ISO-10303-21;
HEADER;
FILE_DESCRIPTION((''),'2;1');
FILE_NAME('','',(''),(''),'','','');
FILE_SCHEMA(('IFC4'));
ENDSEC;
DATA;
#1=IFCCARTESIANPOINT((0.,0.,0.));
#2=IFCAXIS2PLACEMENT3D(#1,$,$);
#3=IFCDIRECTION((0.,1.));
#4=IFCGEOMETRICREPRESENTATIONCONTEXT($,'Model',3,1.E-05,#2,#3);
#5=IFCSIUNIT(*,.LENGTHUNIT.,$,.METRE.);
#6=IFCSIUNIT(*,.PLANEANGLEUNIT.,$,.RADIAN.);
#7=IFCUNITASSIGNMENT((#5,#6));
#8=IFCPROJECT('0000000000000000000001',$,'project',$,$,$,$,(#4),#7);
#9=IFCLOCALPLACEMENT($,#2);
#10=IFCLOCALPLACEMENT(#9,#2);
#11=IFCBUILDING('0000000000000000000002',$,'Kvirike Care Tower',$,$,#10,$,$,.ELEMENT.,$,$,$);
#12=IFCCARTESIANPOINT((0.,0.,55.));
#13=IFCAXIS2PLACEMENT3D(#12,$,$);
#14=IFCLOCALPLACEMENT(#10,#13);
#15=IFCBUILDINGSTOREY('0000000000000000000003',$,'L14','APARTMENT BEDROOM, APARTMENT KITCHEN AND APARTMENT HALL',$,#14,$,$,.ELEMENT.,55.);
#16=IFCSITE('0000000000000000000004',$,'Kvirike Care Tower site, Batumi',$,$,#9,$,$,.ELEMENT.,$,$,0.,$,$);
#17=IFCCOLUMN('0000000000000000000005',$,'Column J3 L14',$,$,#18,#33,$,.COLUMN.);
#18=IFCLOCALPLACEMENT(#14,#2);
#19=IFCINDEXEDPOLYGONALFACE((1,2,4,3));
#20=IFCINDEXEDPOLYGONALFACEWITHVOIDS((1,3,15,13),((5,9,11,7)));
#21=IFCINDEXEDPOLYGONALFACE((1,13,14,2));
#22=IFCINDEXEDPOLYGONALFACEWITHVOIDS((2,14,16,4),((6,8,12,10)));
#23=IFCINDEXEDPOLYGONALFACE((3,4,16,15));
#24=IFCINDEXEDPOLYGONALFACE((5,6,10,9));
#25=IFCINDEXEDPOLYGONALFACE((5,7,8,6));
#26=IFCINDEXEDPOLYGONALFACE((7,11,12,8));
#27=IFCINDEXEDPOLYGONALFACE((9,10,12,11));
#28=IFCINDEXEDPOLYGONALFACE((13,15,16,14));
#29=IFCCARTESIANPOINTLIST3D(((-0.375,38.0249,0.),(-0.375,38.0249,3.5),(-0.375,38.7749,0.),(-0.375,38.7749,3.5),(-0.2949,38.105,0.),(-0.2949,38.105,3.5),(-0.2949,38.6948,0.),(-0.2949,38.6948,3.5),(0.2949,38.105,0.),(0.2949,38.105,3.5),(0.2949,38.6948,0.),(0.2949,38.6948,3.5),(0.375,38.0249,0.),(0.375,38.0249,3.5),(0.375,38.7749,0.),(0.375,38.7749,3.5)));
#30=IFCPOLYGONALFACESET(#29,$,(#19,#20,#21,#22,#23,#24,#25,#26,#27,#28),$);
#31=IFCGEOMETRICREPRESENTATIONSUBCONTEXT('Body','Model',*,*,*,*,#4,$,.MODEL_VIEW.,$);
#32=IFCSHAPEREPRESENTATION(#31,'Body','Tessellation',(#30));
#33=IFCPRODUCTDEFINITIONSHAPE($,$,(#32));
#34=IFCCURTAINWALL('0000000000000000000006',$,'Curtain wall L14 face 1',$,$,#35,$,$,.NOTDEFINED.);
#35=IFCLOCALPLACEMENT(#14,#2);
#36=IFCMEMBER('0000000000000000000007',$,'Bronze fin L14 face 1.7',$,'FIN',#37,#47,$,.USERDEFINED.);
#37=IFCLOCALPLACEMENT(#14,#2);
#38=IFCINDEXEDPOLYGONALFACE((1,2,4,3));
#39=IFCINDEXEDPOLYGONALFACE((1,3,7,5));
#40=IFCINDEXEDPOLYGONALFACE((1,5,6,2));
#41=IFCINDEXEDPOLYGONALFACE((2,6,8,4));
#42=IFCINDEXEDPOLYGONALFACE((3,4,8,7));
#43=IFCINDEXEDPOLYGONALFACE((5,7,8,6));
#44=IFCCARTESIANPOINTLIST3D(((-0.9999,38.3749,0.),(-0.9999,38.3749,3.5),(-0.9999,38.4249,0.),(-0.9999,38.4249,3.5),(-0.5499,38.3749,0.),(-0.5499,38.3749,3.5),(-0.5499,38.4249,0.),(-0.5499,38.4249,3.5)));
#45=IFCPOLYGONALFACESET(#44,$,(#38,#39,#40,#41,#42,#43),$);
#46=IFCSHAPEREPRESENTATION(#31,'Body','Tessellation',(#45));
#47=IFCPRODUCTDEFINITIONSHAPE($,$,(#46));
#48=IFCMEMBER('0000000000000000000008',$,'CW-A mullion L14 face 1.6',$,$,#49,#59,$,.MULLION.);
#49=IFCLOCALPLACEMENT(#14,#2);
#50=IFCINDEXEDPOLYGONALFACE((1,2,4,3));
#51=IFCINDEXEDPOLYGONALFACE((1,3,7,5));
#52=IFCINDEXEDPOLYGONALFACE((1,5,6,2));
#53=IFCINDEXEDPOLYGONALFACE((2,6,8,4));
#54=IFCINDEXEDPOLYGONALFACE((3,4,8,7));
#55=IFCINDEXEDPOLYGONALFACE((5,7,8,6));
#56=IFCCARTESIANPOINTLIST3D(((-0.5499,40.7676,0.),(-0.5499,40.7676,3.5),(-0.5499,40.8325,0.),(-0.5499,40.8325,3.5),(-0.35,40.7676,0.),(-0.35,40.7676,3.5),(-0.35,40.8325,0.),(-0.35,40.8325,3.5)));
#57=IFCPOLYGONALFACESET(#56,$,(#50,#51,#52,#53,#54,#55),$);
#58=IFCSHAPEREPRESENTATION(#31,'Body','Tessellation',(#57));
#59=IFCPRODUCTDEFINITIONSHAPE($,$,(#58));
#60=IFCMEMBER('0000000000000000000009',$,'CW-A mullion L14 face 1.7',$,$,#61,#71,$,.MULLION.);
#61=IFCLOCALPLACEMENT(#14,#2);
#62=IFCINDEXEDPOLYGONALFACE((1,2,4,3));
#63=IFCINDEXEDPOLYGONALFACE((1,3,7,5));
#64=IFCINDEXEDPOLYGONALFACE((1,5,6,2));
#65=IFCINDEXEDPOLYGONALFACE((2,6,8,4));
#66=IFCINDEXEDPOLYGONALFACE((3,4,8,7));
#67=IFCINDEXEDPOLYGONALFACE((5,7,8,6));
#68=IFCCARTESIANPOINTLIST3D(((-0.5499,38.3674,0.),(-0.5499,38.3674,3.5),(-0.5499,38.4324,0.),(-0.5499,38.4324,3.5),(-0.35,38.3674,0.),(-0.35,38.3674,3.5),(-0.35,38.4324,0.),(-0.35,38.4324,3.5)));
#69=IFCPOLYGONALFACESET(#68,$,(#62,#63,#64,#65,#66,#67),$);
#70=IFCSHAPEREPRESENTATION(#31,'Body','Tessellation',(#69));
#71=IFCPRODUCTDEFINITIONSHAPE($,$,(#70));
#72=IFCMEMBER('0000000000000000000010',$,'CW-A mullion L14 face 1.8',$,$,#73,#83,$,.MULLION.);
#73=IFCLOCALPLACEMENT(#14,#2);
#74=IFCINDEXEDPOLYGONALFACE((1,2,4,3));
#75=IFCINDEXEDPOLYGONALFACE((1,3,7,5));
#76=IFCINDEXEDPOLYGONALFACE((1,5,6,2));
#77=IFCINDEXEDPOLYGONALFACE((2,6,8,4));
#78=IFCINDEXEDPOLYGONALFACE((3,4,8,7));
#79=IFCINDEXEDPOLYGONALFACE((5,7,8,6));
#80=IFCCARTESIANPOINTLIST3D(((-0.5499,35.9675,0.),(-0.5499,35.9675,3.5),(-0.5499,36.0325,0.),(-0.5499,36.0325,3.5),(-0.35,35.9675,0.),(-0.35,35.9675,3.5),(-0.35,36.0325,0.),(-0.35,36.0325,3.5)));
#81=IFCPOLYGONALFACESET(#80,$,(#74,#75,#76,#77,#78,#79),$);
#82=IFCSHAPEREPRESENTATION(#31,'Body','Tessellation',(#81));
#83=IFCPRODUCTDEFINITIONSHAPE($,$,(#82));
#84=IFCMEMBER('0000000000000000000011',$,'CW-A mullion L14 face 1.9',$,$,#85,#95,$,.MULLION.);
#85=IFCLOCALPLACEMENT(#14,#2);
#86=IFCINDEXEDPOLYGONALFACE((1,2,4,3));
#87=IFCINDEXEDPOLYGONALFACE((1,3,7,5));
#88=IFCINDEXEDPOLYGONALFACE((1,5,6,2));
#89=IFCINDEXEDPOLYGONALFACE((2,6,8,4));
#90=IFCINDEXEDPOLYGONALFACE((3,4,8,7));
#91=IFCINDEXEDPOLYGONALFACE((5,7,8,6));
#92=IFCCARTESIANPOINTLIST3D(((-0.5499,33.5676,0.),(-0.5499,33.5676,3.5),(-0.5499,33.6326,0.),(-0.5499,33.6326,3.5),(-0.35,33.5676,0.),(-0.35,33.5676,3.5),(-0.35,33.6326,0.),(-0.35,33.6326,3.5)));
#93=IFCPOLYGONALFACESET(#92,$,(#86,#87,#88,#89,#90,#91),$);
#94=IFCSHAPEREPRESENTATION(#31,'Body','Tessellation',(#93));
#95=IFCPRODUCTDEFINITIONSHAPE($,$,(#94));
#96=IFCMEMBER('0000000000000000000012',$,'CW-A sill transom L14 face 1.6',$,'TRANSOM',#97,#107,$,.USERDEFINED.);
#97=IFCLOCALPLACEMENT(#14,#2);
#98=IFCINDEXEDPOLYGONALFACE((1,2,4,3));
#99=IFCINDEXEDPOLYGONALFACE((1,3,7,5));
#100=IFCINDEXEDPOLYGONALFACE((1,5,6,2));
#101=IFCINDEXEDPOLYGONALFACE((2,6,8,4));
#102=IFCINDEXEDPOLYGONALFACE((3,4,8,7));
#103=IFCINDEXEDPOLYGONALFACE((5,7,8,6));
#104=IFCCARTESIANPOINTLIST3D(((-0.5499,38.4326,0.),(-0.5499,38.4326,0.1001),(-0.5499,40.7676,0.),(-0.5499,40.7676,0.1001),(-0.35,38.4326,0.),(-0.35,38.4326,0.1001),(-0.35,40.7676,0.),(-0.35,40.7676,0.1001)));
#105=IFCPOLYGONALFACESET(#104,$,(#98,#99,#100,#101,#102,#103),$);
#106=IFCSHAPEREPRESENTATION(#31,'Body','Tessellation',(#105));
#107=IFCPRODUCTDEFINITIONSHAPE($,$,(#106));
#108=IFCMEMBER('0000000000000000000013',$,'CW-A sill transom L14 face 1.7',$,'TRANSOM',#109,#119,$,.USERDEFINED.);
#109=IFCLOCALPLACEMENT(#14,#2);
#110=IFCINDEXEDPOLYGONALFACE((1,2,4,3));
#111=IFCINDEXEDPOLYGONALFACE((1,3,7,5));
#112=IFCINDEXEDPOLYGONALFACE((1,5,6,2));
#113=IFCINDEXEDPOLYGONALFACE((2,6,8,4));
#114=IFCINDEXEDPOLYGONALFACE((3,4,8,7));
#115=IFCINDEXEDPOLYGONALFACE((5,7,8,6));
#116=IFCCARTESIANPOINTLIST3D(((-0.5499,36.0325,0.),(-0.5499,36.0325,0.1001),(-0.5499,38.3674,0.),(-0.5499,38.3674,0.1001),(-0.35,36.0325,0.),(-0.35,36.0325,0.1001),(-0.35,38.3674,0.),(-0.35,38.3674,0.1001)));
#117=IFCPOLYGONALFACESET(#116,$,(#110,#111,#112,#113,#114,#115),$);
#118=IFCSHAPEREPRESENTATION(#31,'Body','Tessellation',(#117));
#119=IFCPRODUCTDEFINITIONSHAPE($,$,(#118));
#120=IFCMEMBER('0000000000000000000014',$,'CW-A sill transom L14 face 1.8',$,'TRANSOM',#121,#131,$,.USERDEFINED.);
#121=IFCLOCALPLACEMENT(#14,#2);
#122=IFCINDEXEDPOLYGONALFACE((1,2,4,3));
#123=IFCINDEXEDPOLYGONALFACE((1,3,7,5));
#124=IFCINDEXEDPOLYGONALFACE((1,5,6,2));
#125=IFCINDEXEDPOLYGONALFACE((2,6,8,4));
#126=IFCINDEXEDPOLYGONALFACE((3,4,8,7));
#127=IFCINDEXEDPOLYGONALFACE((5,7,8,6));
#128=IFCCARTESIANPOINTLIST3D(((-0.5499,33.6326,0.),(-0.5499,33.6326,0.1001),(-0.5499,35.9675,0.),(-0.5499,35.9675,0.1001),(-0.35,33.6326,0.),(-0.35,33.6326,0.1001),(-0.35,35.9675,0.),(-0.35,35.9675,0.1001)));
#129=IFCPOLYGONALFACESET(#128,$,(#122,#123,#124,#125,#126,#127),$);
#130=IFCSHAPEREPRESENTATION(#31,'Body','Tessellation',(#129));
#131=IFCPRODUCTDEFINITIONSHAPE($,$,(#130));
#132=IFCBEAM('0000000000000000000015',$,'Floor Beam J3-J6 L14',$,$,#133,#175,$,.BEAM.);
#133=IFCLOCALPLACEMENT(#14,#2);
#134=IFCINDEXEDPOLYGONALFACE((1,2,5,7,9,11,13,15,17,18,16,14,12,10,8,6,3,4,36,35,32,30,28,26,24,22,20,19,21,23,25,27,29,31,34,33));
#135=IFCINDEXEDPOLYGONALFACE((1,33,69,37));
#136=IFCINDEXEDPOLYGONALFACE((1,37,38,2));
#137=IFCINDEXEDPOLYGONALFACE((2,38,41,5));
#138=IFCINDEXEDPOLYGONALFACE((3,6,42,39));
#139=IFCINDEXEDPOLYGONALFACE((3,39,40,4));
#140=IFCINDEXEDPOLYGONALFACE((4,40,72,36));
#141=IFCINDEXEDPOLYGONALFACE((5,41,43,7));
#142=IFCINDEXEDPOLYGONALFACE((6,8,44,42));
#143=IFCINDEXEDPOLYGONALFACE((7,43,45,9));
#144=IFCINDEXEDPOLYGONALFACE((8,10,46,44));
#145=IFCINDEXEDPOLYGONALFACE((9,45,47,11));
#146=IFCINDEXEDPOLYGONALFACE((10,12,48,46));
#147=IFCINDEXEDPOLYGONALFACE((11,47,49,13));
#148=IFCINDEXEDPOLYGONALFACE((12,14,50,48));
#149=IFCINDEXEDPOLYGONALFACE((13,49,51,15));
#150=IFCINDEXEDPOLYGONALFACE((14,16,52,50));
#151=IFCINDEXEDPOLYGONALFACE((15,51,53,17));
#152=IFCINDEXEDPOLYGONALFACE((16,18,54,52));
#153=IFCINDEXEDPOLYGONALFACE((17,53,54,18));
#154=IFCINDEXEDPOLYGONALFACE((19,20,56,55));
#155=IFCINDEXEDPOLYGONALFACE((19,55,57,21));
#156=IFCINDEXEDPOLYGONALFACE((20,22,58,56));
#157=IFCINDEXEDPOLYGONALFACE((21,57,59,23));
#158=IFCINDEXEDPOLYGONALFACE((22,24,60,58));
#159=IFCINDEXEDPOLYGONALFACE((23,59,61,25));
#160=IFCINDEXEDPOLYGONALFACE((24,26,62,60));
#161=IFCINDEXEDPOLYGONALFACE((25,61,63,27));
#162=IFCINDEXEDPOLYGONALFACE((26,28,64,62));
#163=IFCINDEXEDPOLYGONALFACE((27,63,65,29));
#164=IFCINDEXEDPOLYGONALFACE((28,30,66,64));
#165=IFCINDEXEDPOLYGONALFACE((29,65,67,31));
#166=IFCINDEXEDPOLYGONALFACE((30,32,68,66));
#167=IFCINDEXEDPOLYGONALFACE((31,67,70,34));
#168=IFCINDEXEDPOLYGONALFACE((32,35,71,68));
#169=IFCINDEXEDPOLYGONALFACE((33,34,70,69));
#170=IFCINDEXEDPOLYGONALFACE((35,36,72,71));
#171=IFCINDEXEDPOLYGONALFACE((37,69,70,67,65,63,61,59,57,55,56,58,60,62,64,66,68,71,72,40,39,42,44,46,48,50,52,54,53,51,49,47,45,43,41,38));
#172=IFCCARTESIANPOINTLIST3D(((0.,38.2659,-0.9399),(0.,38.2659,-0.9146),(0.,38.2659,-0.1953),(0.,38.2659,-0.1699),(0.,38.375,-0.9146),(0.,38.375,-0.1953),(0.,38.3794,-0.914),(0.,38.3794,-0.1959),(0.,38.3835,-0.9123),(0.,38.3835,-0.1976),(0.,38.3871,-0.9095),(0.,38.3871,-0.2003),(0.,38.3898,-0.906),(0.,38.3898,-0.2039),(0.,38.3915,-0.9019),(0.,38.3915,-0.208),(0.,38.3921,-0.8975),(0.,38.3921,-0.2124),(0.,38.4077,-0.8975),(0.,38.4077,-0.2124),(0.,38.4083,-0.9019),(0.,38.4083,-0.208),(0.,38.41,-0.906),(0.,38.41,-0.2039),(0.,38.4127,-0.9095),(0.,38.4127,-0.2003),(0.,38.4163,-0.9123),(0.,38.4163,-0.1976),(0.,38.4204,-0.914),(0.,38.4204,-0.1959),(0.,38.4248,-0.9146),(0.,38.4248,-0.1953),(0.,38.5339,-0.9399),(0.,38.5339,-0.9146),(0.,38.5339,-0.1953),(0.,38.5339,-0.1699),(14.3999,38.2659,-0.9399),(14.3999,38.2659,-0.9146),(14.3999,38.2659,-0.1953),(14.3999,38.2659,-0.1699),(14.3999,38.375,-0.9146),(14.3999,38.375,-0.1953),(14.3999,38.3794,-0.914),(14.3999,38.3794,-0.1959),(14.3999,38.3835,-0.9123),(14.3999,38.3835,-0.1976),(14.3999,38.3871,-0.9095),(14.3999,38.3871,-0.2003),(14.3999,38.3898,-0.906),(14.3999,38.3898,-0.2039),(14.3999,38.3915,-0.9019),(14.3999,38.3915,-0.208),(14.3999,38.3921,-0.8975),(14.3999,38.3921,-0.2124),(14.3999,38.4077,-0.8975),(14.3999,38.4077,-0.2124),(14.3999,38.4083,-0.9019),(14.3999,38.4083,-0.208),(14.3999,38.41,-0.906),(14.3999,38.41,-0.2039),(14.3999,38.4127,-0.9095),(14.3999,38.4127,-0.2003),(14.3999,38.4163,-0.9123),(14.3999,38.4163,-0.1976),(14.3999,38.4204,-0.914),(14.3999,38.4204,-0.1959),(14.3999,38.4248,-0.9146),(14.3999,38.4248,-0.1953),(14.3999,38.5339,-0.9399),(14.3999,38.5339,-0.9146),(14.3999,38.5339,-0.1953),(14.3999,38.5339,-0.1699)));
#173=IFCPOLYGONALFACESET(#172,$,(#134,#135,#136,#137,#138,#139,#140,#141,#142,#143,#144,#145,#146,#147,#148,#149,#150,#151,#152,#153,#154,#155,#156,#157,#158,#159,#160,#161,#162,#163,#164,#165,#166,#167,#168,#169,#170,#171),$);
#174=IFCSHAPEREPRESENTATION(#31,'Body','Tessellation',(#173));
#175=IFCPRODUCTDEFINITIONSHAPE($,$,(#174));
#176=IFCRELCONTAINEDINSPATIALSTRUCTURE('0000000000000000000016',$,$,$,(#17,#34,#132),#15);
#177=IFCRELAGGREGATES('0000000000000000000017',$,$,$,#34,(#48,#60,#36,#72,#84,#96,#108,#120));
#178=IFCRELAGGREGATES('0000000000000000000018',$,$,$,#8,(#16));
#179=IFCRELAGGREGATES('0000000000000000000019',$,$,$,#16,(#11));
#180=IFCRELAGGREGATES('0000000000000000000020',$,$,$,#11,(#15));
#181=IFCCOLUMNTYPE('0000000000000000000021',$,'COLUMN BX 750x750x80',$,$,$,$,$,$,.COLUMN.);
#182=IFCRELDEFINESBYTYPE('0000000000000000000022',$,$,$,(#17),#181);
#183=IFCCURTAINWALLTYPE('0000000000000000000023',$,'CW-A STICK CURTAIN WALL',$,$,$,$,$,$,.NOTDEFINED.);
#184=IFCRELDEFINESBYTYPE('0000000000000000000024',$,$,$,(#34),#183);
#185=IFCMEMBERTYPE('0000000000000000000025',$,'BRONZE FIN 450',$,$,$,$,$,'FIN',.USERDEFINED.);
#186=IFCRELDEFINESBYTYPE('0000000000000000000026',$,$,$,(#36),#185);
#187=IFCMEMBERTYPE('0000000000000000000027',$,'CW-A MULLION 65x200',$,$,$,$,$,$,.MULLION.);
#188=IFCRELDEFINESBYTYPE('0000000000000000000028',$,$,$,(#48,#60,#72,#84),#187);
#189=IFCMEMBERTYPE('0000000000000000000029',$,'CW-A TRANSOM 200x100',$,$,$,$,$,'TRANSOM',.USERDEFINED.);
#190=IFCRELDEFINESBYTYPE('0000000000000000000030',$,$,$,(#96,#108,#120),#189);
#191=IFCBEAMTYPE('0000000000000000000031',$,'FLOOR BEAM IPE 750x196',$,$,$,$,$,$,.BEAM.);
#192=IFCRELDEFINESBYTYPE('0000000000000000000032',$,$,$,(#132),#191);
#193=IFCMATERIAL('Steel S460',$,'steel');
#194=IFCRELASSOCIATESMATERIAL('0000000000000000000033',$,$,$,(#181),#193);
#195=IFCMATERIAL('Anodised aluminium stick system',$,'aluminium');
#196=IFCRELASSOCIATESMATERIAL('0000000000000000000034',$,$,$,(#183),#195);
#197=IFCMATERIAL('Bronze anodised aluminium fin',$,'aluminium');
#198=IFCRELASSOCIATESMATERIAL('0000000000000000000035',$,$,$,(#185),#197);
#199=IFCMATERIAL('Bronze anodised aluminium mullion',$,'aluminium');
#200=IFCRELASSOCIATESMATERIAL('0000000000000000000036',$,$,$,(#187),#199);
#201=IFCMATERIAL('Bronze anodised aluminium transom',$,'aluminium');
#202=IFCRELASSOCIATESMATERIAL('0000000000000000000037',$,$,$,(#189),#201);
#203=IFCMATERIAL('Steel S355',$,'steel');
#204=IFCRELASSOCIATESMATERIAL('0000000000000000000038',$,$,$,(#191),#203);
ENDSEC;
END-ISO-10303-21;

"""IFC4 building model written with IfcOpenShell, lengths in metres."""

from ifc_helpers import new_model, si_unit, direction, frame, origin, origin_2d, place, context, subcontext, project, spatial, rectangle, hollow_rectangle, i_section, extrude, material, material_profile, profile_set, type_object, element, aggregate, save


model = new_model("IFC4")

# Units and contexts
model_context = context("Model", 3, precision=1e-05, world=origin(), true_north=direction((0.0, 1.0)))
body_context = subcontext(model_context, "Body", "Model", "MODEL_VIEW")
ifc_project = project(units=[si_unit("LENGTHUNIT", "METRE"), si_unit("PLANEANGLEUNIT", "RADIAN")], contexts=[model_context])

# Site, building, storey
site_placement = place(None, origin())
site = spatial("IfcSite", under=ifc_project, at=site_placement, Name="Kvirike Care Tower site, Batumi", CompositionType="ELEMENT", RefElevation=0.0)
building_placement = place(site_placement, origin())
building = spatial("IfcBuilding", under=site, at=building_placement, Name="Kvirike Care Tower", CompositionType="ELEMENT")
storey_placement = place(building_placement, frame((0.0, 0.0, 55.0)))
storey = spatial("IfcBuildingStorey", under=building, at=storey_placement, Name="L14", Description="APARTMENT BEDROOM, APARTMENT KITCHEN AND APARTMENT HALL", CompositionType="ELEMENT", Elevation=55.0)

# Column
ifc_material_1 = material(Name="Steel S460", Category="steel")
ifc_material_profile_1 = material_profile(ifc_material_1, hollow_rectangle(XDim=0.75, YDim=0.75, WallThickness=0.0801, at=origin_2d()), Name="BX 750x750x80")
ifc_profile_set_1 = profile_set([ifc_material_profile_1], Name="Steel S460")
column_type = type_object("IfcColumnType", Name="COLUMN BX 750x750x80", PredefinedType="COLUMN", material=ifc_profile_set_1)
column_placement = place(storey_placement, frame((0.0, 38.3999, 0.0), z_axis=(0.0, 0.0, 1.0), x_axis=(1.0, 0.0, 0.0)))
element("IfcColumn", 1, at=column_placement, inside=storey, type_object=column_type, Name="Column J3 L14", PredefinedType="COLUMN", context=body_context, shape_type="SweptSolid", body=[
    extrude(hollow_rectangle(XDim=0.75, YDim=0.75, WallThickness=0.0801, at=origin_2d()), origin(), (0.0, 0.0, 1.0), 3.5),
])

# Curtain wall, members
ifc_material_2 = material(Name="Anodised aluminium stick system", Category="aluminium")
curtain_wall_type = type_object("IfcCurtainWallType", Name="CW-A STICK CURTAIN WALL", PredefinedType="NOTDEFINED", material=ifc_material_2)
curtain_wall_placement = place(storey_placement, origin())
curtain_wall = element("IfcCurtainWall", 2, at=curtain_wall_placement, inside=storey, type_object=curtain_wall_type, Name="Curtain wall L14 face 1", PredefinedType="NOTDEFINED")
ifc_material_3 = material(Name="Bronze anodised aluminium fin", Category="aluminium")
ifc_material_profile_2 = material_profile(ifc_material_3, rectangle(XDim=0.05, YDim=0.45, at=origin_2d()), Name="BRONZE FIN 450")
ifc_profile_set_2 = profile_set([ifc_material_profile_2], Name="Bronze anodised aluminium fin")
member_type_1 = type_object("IfcMemberType", Name="BRONZE FIN 450", ElementType="FIN", PredefinedType="USERDEFINED", material=ifc_profile_set_2)
member_1_placement = place(storey_placement, frame((-0.7749, 38.3999, 0.0), z_axis=(0.0, 0.0, 1.0), x_axis=(0.0, -1.0, 0.0)))
member_1 = element("IfcMember", 3, at=member_1_placement, type_object=member_type_1, Name="Bronze fin L14 face 1.7", ObjectType="FIN", PredefinedType="USERDEFINED", context=body_context, shape_type="SweptSolid", body=[
    extrude(rectangle(XDim=0.05, YDim=0.45, at=origin_2d()), origin(), (0.0, 0.0, 1.0), 3.5),
])
ifc_material_4 = material(Name="Bronze anodised aluminium mullion", Category="aluminium")
ifc_material_profile_3 = material_profile(ifc_material_4, rectangle(XDim=0.0649, YDim=0.2, at=origin_2d()), Name="CW-A MULLION 65x200")
ifc_profile_set_3 = profile_set([ifc_material_profile_3], Name="Bronze anodised aluminium mullion")
member_type_2 = type_object("IfcMemberType", Name="CW-A MULLION 65x200", PredefinedType="MULLION", material=ifc_profile_set_3)
member_2_placement = place(storey_placement, frame((-0.45, 40.8, 0.0), z_axis=(0.0, 0.0, 1.0), x_axis=(0.0, -1.0, 0.0)))
member_2 = element("IfcMember", 4, at=member_2_placement, type_object=member_type_2, Name="CW-A mullion L14 face 1.6", PredefinedType="MULLION", context=body_context, shape_type="SweptSolid", body=[
    extrude(rectangle(XDim=0.0649, YDim=0.2, at=origin_2d()), origin(), (0.0, 0.0, 1.0), 3.5),
])
member_3_placement = place(storey_placement, frame((-0.45, 38.3999, 0.0), z_axis=(0.0, 0.0, 1.0), x_axis=(0.0, -1.0, 0.0)))
member_3 = element("IfcMember", 5, at=member_3_placement, type_object=member_type_2, Name="CW-A mullion L14 face 1.7", PredefinedType="MULLION", context=body_context, shape_type="SweptSolid", body=[
    extrude(rectangle(XDim=0.0649, YDim=0.2, at=origin_2d()), origin(), (0.0, 0.0, 1.0), 3.5),
])
member_4_placement = place(storey_placement, frame((-0.45, 36.0, 0.0), z_axis=(0.0, 0.0, 1.0), x_axis=(0.0, -1.0, 0.0)))
member_4 = element("IfcMember", 6, at=member_4_placement, type_object=member_type_2, Name="CW-A mullion L14 face 1.8", PredefinedType="MULLION", context=body_context, shape_type="SweptSolid", body=[
    extrude(rectangle(XDim=0.0649, YDim=0.2, at=origin_2d()), origin(), (0.0, 0.0, 1.0), 3.5),
])
member_5_placement = place(storey_placement, frame((-0.45, 33.6001, 0.0), z_axis=(0.0, 0.0, 1.0), x_axis=(0.0, -1.0, 0.0)))
member_5 = element("IfcMember", 7, at=member_5_placement, type_object=member_type_2, Name="CW-A mullion L14 face 1.9", PredefinedType="MULLION", context=body_context, shape_type="SweptSolid", body=[
    extrude(rectangle(XDim=0.0649, YDim=0.2, at=origin_2d()), origin(), (0.0, 0.0, 1.0), 3.5),
])
ifc_material_5 = material(Name="Bronze anodised aluminium transom", Category="aluminium")
ifc_material_profile_4 = material_profile(ifc_material_5, rectangle(XDim=0.2, YDim=0.1001, at=origin_2d()), Name="CW-A TRANSOM 200x100")
ifc_profile_set_4 = profile_set([ifc_material_profile_4], Name="Bronze anodised aluminium transom")
member_type_3 = type_object("IfcMemberType", Name="CW-A TRANSOM 200x100", ElementType="TRANSOM", PredefinedType="USERDEFINED", material=ifc_profile_set_4)
member_6_placement = place(storey_placement, frame((-0.45, 40.7676, 0.05), z_axis=(0.0, -1.0, 0.0), x_axis=(1.0, 0.0, 0.0)))
member_6 = element("IfcMember", 8, at=member_6_placement, type_object=member_type_3, Name="CW-A sill transom L14 face 1.6", ObjectType="TRANSOM", PredefinedType="USERDEFINED", context=body_context, shape_type="SweptSolid", body=[
    extrude(rectangle(XDim=0.2, YDim=0.1001, at=origin_2d()), origin(), (0.0, 0.0, 1.0), 2.335),
])
member_7_placement = place(storey_placement, frame((-0.45, 38.3674, 0.05), z_axis=(0.0, -1.0, 0.0), x_axis=(1.0, 0.0, 0.0)))
member_7 = element("IfcMember", 9, at=member_7_placement, type_object=member_type_3, Name="CW-A sill transom L14 face 1.7", ObjectType="TRANSOM", PredefinedType="USERDEFINED", context=body_context, shape_type="SweptSolid", body=[
    extrude(rectangle(XDim=0.2, YDim=0.1001, at=origin_2d()), origin(), (0.0, 0.0, 1.0), 2.335),
])
member_8_placement = place(storey_placement, frame((-0.45, 35.9675, 0.05), z_axis=(0.0, -1.0, 0.0), x_axis=(1.0, 0.0, 0.0)))
member_8 = element("IfcMember", 10, at=member_8_placement, type_object=member_type_3, Name="CW-A sill transom L14 face 1.8", ObjectType="TRANSOM", PredefinedType="USERDEFINED", context=body_context, shape_type="SweptSolid", body=[
    extrude(rectangle(XDim=0.2, YDim=0.1001, at=origin_2d()), origin(), (0.0, 0.0, 1.0), 2.335),
])

# Beam
ifc_material_6 = material(Name="Steel S355", Category="steel")
ifc_material_profile_5 = material_profile(ifc_material_6, i_section(OverallWidth=0.2681, OverallDepth=0.77, WebThickness=0.0156, FlangeThickness=0.0254, FilletRadius=0.0171, at=origin_2d()), Name="IPE 750x196")
ifc_profile_set_5 = profile_set([ifc_material_profile_5], Name="Steel S355")
beam_type_1 = type_object("IfcBeamType", Name="FLOOR BEAM IPE 750x196", PredefinedType="BEAM", material=ifc_profile_set_5)
beam_1_placement = place(storey_placement, frame((0.0, 38.3999, -0.5549), z_axis=(1.0, 0.0, 0.0), x_axis=(0.0, 1.0, 0.0)))
element("IfcBeam", 11, at=beam_1_placement, inside=storey, type_object=beam_type_1, Name="Floor Beam J3-J6 L14", PredefinedType="BEAM", context=body_context, shape_type="SweptSolid", body=[
    extrude(i_section(OverallWidth=0.2681, OverallDepth=0.77, WebThickness=0.0156, FlangeThickness=0.0254, FilletRadius=0.0171, at=origin_2d()), origin(), (0.0, 0.0, 1.0), 14.3999),
])

aggregate(curtain_wall, [member_2, member_3, member_1, member_4, member_5, member_6, member_7, member_8])

save(model, "model.ifc")
